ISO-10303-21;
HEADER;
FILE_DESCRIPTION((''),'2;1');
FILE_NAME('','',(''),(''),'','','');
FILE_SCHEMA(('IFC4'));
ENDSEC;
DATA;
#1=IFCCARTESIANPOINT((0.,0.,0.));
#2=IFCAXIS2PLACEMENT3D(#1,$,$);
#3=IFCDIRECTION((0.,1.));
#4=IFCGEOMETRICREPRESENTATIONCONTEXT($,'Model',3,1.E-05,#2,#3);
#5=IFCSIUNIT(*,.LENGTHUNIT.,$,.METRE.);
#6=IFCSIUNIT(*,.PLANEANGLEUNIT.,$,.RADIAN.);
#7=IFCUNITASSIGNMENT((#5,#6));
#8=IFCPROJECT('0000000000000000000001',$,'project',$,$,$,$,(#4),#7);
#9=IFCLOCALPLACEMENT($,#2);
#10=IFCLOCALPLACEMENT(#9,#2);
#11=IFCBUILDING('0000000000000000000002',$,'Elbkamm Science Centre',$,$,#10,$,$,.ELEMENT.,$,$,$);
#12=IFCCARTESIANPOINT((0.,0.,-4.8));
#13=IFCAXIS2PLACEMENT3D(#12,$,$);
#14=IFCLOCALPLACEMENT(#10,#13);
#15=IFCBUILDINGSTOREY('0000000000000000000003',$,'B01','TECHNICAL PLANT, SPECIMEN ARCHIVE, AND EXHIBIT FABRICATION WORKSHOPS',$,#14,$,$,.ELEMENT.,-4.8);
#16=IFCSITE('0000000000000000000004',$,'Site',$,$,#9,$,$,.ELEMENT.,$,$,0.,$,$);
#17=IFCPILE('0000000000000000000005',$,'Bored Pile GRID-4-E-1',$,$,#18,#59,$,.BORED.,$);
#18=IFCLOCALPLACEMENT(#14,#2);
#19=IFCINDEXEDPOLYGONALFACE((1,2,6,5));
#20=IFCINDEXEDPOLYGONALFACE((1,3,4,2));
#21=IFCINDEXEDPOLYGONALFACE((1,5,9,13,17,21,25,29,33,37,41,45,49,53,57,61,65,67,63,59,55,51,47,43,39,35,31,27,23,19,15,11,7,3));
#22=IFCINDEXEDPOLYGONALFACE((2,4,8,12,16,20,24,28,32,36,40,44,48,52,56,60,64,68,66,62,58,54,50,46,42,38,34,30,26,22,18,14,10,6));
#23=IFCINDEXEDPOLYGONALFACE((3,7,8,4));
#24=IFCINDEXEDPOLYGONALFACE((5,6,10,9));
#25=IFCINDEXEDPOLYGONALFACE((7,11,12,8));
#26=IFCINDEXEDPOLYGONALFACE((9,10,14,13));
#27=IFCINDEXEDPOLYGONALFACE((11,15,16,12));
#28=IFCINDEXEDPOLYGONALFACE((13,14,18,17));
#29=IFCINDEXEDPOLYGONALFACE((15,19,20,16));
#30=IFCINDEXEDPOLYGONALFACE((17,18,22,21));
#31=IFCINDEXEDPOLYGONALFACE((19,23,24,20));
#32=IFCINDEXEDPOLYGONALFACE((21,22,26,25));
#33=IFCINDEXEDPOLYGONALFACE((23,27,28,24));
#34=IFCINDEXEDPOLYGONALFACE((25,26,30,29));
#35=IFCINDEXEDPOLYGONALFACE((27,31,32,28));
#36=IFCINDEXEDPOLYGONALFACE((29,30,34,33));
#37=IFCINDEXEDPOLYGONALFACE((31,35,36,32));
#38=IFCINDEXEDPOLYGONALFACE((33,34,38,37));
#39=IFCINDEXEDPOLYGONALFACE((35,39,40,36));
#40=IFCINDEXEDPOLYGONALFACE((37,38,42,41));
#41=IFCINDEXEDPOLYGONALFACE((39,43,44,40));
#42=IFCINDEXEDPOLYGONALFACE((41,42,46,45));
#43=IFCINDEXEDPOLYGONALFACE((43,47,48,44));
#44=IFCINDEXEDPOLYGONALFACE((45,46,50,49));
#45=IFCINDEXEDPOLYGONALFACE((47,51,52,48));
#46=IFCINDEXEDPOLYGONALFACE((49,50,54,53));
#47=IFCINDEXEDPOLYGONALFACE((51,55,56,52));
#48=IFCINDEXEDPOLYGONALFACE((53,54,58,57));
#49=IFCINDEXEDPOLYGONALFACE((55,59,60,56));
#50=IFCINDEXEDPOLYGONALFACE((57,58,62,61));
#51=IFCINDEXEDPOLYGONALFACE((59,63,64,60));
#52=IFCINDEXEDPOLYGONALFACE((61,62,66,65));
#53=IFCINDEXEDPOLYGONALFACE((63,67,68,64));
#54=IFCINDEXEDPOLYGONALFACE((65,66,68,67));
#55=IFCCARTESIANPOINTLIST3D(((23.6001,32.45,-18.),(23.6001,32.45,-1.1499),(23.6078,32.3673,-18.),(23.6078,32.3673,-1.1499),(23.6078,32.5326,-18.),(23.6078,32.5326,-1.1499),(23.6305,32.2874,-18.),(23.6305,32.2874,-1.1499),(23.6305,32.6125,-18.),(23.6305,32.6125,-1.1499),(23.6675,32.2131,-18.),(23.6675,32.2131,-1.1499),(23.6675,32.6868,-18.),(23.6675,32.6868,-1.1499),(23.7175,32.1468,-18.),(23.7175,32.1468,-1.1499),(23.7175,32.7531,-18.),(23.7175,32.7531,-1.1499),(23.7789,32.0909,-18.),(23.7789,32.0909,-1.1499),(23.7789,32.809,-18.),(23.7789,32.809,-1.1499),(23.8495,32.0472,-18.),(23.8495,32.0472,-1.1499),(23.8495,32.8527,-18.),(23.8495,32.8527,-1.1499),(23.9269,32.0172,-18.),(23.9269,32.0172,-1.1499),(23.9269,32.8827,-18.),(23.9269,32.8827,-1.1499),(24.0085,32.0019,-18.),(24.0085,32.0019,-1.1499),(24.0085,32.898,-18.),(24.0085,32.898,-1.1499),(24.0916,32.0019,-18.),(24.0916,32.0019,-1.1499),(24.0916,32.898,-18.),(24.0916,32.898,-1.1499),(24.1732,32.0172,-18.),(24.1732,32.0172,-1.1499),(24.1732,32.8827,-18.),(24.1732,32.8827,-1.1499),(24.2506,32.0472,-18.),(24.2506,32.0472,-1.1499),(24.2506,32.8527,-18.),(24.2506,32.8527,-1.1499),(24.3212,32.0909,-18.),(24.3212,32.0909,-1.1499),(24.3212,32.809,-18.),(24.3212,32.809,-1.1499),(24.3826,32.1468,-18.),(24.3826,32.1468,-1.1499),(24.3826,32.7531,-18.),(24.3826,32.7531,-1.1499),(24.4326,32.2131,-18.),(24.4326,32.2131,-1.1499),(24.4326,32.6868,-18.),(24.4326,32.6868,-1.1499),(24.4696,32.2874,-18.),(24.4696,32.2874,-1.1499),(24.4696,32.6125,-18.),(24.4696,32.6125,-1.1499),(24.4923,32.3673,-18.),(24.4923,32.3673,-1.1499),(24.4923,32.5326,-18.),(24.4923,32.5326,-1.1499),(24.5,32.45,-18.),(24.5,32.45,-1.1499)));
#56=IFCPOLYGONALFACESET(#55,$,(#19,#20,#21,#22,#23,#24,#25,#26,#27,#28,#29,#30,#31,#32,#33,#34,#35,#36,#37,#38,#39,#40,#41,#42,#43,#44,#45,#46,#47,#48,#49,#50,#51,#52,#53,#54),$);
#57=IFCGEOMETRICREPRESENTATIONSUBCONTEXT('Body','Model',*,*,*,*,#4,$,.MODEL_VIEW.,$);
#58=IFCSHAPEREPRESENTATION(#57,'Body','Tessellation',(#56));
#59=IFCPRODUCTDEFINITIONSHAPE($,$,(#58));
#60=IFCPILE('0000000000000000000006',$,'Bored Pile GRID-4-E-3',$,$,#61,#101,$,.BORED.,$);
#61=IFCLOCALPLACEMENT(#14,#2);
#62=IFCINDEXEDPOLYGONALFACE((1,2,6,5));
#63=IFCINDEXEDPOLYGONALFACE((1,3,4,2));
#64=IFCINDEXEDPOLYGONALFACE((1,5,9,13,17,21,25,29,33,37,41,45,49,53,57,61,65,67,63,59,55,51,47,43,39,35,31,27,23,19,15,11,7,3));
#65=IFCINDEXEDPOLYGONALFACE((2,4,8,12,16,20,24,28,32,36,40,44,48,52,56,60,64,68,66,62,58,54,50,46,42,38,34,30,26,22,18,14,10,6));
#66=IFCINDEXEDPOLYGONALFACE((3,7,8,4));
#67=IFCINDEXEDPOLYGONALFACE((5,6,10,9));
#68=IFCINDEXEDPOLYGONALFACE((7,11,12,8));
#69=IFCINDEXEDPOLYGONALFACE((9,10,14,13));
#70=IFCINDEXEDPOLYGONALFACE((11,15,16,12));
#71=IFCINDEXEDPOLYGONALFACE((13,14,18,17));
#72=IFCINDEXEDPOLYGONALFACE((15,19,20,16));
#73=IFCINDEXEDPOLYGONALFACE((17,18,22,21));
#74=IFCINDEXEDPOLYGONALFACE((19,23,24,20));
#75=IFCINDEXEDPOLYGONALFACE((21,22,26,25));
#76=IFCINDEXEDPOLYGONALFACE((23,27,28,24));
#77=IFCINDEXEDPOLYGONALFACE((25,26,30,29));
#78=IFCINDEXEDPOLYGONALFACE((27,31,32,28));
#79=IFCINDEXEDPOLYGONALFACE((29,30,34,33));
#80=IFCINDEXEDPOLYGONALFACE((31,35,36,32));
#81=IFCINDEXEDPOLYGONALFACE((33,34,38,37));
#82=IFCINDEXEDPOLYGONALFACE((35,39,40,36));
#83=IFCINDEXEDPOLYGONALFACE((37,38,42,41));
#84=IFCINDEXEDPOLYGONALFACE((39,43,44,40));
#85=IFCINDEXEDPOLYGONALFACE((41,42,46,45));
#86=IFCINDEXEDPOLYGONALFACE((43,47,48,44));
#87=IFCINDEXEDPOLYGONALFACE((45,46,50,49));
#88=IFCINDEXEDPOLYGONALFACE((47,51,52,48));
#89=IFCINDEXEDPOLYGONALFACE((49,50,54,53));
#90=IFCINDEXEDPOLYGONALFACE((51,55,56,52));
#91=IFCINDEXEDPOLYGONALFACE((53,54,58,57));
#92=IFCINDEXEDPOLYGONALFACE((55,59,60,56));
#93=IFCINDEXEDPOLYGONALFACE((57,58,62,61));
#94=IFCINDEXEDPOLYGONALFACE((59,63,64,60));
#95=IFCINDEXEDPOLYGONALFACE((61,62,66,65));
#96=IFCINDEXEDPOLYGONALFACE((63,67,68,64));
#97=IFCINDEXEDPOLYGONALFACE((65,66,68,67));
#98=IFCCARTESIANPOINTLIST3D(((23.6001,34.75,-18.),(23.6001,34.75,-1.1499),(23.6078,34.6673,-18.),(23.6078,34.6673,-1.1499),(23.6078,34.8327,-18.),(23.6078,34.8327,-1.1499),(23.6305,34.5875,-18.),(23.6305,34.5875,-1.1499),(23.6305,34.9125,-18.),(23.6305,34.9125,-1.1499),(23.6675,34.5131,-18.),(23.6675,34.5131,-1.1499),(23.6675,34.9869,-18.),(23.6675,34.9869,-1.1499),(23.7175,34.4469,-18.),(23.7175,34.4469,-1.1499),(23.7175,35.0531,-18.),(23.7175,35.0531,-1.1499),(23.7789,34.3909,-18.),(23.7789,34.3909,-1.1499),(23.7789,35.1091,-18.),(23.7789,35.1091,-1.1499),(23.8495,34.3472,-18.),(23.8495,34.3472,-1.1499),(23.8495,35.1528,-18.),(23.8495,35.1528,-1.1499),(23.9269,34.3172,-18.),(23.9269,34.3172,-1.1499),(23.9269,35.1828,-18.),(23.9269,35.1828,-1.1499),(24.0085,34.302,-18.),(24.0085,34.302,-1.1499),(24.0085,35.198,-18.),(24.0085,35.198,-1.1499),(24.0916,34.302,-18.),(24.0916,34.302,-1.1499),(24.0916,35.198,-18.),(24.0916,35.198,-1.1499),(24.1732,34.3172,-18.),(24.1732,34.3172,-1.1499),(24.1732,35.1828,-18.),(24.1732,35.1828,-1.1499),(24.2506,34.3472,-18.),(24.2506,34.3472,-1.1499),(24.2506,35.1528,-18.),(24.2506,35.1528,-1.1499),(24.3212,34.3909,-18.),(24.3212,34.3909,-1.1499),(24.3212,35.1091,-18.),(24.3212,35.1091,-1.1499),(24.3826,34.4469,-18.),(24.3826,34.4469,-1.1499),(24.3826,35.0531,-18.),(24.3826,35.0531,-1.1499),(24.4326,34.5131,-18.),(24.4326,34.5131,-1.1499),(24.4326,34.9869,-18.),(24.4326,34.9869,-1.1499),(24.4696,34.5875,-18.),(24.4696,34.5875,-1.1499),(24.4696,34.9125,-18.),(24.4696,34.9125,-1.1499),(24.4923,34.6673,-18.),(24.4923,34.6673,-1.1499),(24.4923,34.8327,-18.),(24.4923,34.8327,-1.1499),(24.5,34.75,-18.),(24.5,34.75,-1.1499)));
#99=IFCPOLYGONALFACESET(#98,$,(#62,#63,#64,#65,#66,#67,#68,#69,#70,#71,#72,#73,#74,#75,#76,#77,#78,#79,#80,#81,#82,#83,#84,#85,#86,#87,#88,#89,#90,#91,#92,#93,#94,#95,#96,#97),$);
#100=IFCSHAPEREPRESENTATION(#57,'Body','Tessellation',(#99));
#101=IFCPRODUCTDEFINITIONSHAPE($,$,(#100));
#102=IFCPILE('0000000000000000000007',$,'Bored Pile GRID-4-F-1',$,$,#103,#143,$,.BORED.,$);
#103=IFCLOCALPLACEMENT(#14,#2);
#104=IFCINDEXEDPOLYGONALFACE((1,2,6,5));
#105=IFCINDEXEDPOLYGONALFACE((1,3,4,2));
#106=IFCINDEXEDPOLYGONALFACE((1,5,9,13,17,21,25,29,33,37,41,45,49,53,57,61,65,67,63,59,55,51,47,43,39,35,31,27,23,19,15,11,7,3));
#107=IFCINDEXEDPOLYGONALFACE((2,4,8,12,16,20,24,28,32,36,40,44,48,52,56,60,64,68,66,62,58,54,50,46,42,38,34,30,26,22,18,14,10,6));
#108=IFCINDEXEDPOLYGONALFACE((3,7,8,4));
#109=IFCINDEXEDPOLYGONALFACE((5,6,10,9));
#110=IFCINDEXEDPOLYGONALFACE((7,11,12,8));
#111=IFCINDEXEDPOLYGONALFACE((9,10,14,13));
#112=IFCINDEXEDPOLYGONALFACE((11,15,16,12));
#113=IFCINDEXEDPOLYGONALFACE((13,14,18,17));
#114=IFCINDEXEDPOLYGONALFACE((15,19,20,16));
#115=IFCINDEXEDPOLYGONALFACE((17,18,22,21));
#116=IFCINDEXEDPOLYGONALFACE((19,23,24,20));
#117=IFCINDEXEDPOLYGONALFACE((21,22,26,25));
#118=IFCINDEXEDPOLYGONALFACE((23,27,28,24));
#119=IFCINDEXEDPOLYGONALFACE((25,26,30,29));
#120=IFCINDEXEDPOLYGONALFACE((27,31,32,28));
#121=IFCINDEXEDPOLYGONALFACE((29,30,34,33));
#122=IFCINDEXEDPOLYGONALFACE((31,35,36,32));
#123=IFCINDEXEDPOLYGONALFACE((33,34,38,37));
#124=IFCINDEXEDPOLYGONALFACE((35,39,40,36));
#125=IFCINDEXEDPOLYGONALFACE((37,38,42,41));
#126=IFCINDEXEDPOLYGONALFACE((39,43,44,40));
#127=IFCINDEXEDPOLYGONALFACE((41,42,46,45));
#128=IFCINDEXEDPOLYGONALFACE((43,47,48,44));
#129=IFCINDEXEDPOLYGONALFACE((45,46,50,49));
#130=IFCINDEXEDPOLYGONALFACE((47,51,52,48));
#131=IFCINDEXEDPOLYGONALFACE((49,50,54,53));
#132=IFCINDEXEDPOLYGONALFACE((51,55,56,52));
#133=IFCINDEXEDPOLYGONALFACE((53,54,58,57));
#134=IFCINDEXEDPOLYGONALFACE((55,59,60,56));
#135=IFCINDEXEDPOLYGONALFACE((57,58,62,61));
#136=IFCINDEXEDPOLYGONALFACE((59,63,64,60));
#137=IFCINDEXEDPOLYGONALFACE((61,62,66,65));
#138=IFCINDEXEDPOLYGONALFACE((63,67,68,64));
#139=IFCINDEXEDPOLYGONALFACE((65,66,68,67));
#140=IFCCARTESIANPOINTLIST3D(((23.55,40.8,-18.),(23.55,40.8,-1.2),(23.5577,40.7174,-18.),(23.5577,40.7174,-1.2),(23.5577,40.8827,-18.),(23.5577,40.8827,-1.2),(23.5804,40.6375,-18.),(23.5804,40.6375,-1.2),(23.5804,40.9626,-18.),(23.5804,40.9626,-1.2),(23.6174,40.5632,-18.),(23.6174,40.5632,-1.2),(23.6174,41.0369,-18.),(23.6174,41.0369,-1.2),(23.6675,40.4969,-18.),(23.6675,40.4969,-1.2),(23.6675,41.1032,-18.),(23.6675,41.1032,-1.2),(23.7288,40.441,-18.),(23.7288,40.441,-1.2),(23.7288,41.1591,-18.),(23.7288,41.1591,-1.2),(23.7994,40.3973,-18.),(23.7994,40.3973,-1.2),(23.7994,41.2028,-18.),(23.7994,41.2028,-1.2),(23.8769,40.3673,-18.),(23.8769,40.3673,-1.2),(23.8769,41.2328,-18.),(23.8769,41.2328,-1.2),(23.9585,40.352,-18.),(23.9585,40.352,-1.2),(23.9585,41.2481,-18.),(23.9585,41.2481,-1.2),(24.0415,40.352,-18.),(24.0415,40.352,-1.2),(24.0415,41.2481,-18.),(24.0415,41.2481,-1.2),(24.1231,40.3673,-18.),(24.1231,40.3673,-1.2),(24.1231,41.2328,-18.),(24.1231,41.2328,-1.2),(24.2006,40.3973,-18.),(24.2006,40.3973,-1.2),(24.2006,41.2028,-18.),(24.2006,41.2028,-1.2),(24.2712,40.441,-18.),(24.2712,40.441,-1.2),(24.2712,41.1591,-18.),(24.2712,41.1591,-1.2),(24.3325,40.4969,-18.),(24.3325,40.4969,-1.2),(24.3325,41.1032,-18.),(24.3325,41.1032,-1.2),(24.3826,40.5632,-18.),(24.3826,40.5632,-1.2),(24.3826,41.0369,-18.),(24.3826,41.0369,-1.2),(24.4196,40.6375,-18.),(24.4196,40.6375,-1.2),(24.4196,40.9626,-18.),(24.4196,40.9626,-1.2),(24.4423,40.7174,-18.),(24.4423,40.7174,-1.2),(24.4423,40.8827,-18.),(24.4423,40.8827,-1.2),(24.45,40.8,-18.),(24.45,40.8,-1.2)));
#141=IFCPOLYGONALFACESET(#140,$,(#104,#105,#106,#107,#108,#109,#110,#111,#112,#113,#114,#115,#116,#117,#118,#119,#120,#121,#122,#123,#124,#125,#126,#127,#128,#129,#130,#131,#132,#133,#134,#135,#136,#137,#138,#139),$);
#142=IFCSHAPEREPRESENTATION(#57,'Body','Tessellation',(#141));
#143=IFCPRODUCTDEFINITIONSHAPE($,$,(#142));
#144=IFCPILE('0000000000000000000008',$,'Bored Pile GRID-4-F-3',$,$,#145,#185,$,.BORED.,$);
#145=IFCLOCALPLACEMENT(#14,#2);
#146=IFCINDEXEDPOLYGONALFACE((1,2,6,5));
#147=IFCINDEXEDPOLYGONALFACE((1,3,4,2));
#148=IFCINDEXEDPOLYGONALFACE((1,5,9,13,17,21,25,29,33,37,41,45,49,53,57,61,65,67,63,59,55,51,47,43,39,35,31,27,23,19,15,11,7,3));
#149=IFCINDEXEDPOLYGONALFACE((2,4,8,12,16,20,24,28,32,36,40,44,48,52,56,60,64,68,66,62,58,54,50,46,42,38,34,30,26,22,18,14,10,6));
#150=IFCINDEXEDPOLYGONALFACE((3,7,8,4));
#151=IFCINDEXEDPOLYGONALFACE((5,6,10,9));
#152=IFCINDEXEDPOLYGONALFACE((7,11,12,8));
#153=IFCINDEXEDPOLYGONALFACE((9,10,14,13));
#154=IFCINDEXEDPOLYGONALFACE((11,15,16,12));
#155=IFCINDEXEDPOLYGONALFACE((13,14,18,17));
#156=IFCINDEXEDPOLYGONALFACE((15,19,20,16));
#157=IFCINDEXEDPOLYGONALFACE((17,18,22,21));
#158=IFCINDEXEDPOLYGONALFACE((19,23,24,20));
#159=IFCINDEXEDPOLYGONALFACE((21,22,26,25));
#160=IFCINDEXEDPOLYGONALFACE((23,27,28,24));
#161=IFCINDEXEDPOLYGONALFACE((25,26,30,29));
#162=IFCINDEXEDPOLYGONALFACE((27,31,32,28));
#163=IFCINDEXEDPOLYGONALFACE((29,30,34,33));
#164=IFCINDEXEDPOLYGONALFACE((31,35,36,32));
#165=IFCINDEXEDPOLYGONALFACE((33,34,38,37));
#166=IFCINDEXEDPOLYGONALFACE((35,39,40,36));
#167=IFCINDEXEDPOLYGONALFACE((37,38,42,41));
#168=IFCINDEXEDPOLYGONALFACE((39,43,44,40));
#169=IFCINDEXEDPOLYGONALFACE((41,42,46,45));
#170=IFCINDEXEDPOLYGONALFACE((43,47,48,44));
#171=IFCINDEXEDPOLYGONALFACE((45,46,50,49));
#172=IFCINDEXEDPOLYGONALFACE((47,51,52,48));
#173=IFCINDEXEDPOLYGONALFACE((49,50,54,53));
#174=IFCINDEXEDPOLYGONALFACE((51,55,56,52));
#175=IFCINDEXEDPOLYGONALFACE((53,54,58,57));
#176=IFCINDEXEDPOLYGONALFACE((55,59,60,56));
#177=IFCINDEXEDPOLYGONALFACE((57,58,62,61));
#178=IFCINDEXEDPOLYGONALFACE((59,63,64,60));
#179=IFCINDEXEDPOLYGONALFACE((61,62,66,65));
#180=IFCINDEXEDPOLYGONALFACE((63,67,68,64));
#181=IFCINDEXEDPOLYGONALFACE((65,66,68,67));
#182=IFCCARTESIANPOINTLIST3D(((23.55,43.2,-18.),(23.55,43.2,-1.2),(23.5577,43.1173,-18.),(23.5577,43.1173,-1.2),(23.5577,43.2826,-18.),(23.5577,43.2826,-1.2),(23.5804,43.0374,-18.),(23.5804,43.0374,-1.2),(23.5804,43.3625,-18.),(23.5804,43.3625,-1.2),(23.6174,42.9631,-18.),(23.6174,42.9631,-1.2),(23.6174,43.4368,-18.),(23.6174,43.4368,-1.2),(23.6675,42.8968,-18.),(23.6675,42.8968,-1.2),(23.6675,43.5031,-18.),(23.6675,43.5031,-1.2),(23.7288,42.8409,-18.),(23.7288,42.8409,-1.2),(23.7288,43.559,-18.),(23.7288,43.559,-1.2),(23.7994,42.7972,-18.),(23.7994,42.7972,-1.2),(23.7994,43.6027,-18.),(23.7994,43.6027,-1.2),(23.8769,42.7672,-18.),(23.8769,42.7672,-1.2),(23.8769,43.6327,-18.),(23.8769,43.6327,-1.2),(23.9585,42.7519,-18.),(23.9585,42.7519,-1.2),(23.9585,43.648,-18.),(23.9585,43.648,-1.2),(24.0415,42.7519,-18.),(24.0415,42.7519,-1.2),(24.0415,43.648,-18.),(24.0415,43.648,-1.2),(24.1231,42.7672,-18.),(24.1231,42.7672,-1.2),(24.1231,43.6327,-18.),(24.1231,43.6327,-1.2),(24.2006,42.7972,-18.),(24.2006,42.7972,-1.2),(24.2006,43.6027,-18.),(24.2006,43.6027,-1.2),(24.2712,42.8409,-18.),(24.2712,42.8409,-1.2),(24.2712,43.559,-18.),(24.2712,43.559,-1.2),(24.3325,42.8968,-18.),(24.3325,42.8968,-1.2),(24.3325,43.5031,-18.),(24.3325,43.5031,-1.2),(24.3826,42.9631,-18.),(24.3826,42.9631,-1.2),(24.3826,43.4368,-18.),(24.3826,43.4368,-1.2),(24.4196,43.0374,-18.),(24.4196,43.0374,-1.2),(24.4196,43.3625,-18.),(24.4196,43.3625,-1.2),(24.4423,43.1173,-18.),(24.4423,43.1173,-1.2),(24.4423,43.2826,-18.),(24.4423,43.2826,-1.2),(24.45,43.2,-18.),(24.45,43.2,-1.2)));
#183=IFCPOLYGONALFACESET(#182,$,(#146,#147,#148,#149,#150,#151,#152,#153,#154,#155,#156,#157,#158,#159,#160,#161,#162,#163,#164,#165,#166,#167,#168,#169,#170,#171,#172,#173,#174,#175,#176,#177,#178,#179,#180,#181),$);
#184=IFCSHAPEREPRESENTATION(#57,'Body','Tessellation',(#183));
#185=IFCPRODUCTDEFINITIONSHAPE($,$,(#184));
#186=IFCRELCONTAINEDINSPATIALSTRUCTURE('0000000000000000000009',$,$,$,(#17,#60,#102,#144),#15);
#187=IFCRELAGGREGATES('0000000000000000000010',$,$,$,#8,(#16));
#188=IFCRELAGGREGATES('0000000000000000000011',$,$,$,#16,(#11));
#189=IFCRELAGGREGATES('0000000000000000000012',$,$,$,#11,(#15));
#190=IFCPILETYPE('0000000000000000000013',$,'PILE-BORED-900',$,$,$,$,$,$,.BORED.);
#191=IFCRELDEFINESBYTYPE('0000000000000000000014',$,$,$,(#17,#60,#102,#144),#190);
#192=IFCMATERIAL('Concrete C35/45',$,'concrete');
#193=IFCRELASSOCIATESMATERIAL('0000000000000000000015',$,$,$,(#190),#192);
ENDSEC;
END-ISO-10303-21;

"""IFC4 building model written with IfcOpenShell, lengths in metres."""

from ifc_helpers import new_model, si_unit, direction, frame, origin, origin_2d, place, context, subcontext, project, spatial, circle, extrude, material, material_profile, profile_set, type_object, element, save


model = new_model("IFC4")

# Units and contexts
model_context = context("Model", 3, precision=1e-05, world=origin(), true_north=direction((0.0, 1.0)))
body_context = subcontext(model_context, "Body", "Model", "MODEL_VIEW")
ifc_project = project(units=[si_unit("LENGTHUNIT", "METRE"), si_unit("PLANEANGLEUNIT", "RADIAN")], contexts=[model_context])

# Site, building, storey
site_placement = place(None, origin())
site = spatial("IfcSite", under=ifc_project, at=site_placement, Name="Site", CompositionType="ELEMENT", RefElevation=0.0)
building_placement = place(site_placement, origin())
building = spatial("IfcBuilding", under=site, at=building_placement, Name="Elbkamm Science Centre", CompositionType="ELEMENT")
storey_placement = place(building_placement, frame((0.0, 0.0, -4.8)))
storey = spatial("IfcBuildingStorey", under=building, at=storey_placement, Name="B01", Description="TECHNICAL PLANT, SPECIMEN ARCHIVE, AND EXHIBIT FABRICATION WORKSHOPS", CompositionType="ELEMENT", Elevation=-4.8)

# Shared definitions
ifc_material_1 = material(Name="Concrete C35/45", Category="concrete")

# Piles
ifc_material_profile_1 = material_profile(ifc_material_1, circle(Radius=0.45, at=origin_2d()), Name="PILE D900")
ifc_profile_set_1 = profile_set([ifc_material_profile_1], Name="Concrete C35/45")
pile_type = type_object("IfcPileType", Name="PILE-BORED-900", PredefinedType="BORED", material=ifc_profile_set_1)
for number, where, z_axis, x_axis, name in (
    (1, (24.05, 32.45, -1.1499), (0.0, 0.0, -1.0), (1.0, 0.0, 0.0), "Bored Pile GRID-4-E-1"),
    (2, (24.05, 34.75, -1.1499), (0.0, 0.0, -1.0), (1.0, 0.0, 0.0), "Bored Pile GRID-4-E-3"),
):
    element("IfcPile", number, at=place(storey_placement, frame(where, z_axis=z_axis, x_axis=x_axis)), inside=storey, type_object=pile_type, Name=name, PredefinedType="BORED", context=body_context, shape_type="SweptSolid", body=[
        extrude(circle(Radius=0.45, at=origin_2d()), origin(), (0.0, 0.0, 1.0), 16.8501),
    ])
for number, where, z_axis, x_axis, name in (
    (3, (24.0, 40.8, -1.2), (0.0, 0.0, -1.0), (1.0, 0.0, 0.0), "Bored Pile GRID-4-F-1"),
    (4, (24.0, 43.2, -1.2), (0.0, 0.0, -1.0), (1.0, 0.0, 0.0), "Bored Pile GRID-4-F-3"),
):
    element("IfcPile", number, at=place(storey_placement, frame(where, z_axis=z_axis, x_axis=x_axis)), inside=storey, type_object=pile_type, Name=name, PredefinedType="BORED", context=body_context, shape_type="SweptSolid", body=[
        extrude(circle(Radius=0.45, at=origin_2d()), origin(), (0.0, 0.0, 1.0), 16.8),
    ])

save(model, "model.ifc")
